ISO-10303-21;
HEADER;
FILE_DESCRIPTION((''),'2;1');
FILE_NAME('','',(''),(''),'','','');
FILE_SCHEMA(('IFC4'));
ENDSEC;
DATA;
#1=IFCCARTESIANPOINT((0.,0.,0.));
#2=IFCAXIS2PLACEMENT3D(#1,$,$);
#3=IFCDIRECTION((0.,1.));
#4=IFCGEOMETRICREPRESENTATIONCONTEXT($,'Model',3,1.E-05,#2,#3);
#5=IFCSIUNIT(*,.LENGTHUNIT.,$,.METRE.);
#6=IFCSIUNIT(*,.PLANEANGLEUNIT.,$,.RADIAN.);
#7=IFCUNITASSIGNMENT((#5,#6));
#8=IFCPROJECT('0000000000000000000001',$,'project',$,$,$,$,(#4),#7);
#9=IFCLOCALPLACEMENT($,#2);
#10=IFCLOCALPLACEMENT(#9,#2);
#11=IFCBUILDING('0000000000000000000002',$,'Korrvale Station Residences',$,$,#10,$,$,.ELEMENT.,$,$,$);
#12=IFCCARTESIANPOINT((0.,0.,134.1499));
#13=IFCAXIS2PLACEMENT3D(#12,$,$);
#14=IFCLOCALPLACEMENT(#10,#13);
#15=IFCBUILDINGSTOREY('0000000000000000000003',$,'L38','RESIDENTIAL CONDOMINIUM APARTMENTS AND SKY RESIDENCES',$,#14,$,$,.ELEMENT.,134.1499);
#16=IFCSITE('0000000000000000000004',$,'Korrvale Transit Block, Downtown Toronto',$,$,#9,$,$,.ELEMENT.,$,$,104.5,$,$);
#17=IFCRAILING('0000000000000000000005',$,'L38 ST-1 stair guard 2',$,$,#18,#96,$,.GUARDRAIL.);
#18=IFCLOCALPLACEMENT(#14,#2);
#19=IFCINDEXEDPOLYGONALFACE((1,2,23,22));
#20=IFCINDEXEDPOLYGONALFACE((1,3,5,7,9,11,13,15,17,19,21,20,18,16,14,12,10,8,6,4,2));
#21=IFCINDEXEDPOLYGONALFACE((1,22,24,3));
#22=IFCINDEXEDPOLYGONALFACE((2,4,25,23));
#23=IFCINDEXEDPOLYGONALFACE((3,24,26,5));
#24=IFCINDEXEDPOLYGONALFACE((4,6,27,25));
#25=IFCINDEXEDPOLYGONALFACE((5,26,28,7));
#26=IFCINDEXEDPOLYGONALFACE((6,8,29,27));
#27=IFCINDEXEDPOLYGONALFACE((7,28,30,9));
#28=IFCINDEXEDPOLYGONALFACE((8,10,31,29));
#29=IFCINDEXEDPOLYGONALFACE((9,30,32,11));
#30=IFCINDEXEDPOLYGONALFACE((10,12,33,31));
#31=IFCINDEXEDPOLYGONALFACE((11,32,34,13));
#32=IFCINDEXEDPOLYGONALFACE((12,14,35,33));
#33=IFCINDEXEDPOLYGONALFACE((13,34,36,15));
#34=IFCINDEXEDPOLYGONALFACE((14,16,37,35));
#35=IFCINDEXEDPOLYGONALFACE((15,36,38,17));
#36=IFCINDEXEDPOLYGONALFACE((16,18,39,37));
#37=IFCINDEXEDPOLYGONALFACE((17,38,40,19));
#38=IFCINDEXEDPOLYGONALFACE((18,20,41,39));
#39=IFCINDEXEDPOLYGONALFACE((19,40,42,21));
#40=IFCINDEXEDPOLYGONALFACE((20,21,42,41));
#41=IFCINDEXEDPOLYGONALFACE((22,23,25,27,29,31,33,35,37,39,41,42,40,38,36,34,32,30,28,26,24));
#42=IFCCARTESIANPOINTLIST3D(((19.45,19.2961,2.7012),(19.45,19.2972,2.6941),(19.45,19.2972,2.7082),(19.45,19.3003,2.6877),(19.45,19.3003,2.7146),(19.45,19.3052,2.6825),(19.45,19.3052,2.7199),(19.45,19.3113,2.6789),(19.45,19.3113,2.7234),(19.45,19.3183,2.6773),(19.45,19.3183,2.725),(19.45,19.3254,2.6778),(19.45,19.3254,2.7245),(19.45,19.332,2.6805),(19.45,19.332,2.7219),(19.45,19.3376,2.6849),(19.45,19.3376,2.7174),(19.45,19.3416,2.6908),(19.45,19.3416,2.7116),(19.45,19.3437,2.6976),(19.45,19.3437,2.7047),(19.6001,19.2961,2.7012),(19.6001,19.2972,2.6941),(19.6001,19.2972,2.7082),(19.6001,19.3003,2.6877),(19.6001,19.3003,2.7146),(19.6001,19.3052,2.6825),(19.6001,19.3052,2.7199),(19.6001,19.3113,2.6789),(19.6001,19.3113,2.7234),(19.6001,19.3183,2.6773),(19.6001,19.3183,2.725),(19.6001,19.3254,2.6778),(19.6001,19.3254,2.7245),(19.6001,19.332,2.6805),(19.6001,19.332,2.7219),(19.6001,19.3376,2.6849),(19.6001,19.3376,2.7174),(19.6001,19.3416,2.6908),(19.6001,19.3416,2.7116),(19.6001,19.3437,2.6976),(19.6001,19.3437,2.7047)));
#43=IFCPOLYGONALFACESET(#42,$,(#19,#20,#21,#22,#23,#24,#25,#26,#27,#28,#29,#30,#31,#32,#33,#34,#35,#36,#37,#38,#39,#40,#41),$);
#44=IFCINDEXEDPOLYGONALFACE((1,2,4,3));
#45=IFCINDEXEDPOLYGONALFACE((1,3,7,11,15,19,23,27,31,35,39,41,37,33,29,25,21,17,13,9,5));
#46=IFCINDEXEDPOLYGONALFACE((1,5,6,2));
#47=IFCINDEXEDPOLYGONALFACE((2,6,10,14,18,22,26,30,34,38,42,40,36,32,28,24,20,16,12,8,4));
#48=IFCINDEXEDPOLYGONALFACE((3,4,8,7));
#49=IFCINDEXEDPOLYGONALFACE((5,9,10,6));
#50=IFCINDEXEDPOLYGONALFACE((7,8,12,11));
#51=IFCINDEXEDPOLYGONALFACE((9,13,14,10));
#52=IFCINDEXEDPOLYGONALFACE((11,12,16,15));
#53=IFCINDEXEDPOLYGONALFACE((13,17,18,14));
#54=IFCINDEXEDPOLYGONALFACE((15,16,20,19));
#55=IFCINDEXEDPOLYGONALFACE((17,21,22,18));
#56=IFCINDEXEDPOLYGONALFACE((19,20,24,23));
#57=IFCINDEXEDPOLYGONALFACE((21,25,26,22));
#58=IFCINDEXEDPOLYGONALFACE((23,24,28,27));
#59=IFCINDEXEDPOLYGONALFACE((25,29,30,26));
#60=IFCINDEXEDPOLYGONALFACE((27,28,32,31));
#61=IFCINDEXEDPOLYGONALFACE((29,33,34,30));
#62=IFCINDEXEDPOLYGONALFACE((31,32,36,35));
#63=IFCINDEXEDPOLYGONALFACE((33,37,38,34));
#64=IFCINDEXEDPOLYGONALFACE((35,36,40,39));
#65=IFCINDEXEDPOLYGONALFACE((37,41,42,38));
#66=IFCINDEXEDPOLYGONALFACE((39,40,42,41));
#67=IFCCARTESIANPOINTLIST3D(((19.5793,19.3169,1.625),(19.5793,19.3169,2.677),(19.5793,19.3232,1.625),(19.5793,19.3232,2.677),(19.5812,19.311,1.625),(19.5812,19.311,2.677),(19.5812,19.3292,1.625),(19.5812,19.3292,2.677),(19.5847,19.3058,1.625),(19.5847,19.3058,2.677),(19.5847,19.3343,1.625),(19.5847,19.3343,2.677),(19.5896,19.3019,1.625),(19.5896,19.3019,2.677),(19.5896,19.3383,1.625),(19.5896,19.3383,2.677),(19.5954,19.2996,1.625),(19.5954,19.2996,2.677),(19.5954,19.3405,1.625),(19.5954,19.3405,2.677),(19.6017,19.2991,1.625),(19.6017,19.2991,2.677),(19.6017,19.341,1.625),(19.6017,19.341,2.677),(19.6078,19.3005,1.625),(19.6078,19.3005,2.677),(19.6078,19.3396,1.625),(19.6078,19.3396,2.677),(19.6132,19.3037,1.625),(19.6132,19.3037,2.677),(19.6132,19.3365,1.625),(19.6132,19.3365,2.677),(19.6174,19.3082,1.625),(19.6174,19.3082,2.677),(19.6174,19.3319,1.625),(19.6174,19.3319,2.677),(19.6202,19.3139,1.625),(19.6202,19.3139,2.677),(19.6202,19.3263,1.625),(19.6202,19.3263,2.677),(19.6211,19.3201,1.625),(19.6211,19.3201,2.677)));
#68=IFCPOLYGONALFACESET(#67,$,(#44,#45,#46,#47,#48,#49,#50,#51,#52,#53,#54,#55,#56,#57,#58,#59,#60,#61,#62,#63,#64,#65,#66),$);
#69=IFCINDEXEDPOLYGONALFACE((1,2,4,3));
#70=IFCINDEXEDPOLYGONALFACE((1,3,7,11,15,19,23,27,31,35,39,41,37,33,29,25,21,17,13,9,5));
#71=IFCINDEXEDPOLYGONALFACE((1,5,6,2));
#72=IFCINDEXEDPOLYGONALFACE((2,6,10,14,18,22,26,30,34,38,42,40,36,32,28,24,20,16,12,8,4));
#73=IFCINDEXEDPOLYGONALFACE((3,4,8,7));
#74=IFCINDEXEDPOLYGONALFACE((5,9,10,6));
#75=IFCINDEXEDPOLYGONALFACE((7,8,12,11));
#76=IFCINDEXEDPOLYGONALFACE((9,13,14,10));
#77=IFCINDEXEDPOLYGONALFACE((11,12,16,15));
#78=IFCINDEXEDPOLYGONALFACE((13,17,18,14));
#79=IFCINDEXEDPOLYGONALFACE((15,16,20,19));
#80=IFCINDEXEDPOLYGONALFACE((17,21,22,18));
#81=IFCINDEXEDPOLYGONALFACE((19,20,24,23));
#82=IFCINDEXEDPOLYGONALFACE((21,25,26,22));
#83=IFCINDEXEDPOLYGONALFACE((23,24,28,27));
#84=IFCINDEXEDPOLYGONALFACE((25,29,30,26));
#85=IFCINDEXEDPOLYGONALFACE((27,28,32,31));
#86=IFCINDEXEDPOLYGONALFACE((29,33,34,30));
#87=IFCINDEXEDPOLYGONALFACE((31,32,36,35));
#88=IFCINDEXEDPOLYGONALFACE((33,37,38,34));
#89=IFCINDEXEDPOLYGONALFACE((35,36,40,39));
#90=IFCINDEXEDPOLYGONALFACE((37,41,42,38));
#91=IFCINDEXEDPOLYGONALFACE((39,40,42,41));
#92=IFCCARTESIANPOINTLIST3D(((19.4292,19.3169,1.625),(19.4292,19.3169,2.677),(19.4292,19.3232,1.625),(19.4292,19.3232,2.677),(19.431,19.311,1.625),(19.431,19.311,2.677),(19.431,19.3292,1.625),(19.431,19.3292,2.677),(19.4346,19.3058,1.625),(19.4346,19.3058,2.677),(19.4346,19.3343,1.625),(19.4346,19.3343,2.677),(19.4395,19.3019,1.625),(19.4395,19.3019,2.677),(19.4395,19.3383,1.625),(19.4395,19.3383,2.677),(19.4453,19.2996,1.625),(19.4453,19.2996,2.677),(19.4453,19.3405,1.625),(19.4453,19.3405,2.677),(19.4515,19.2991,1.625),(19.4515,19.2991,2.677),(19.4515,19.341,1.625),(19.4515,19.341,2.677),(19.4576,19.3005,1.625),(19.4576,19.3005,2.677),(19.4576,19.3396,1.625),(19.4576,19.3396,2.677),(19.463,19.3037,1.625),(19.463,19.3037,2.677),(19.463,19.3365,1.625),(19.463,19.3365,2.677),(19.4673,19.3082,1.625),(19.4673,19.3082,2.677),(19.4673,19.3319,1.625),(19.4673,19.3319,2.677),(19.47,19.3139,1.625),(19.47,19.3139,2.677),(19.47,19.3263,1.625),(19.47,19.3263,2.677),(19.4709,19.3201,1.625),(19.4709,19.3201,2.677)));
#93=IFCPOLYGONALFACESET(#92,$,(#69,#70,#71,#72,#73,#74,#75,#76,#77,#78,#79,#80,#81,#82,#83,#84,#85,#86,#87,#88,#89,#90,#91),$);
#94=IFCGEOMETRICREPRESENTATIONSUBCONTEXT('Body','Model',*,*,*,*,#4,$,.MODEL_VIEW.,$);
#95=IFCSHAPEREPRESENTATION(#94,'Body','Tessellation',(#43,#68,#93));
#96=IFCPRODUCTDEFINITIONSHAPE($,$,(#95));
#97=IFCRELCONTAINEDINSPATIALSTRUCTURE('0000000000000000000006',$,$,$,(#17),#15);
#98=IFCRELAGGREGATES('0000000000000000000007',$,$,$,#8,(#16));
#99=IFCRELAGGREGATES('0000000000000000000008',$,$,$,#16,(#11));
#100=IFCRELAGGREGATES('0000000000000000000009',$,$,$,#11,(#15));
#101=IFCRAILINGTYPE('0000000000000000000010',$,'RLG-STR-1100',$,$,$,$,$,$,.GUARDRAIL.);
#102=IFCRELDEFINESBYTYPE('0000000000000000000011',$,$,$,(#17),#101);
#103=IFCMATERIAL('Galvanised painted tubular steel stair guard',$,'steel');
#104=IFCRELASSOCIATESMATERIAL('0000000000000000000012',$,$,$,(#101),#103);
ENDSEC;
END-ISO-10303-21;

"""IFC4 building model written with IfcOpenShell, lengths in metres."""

from ifc_helpers import new_model, si_unit, direction, frame, origin, origin_2d, place, context, subcontext, project, spatial, circle, extrude, material, type_object, element, save


model = new_model("IFC4")

# Units and contexts
model_context = context("Model", 3, precision=1e-05, world=origin(), true_north=direction((0.0, 1.0)))
body_context = subcontext(model_context, "Body", "Model", "MODEL_VIEW")
ifc_project = project(units=[si_unit("LENGTHUNIT", "METRE"), si_unit("PLANEANGLEUNIT", "RADIAN")], contexts=[model_context])

# Site, building, storey
site_placement = place(None, origin())
site = spatial("IfcSite", under=ifc_project, at=site_placement, Name="Korrvale Transit Block, Downtown Toronto", CompositionType="ELEMENT", RefElevation=104.5)
building_placement = place(site_placement, origin())
building = spatial("IfcBuilding", under=site, at=building_placement, Name="Korrvale Station Residences", CompositionType="ELEMENT")
storey_placement = place(building_placement, frame((0.0, 0.0, 134.1499)))
storey = spatial("IfcBuildingStorey", under=building, at=storey_placement, Name="L38", Description="RESIDENTIAL CONDOMINIUM APARTMENTS AND SKY RESIDENCES", CompositionType="ELEMENT", Elevation=134.1499)

# Railing
ifc_material_1 = material(Name="Galvanised painted tubular steel stair guard", Category="steel")
railing_type_1 = type_object("IfcRailingType", Name="RLG-STR-1100", PredefinedType="GUARDRAIL", material=ifc_material_1)
railing_1_placement = place(storey_placement, frame((19.6001, 19.3201, 1.625)))
element("IfcRailing", 1, at=railing_1_placement, inside=storey, type_object=railing_type_1, Name="L38 ST-1 stair guard 2", PredefinedType="GUARDRAIL", context=body_context, shape_type="SweptSolid", body=[
    extrude(circle(Radius=0.0239, at=origin_2d()), frame((0.0, 0.0, 1.0762), z_axis=(-1.0, 0.0, 0.0), x_axis=(0.0, -1.0, 0.0)), (0.0, 0.0, 1.0), 0.1501),
    extrude(circle(Radius=0.021, at=origin_2d()), origin(), (0.0, 0.0, 1.0), 1.052),
    extrude(circle(Radius=0.021, at=origin_2d()), frame((-0.1501, 0.0, 0.0)), (0.0, 0.0, 1.0), 1.052),
])

save(model, "model.ifc")
